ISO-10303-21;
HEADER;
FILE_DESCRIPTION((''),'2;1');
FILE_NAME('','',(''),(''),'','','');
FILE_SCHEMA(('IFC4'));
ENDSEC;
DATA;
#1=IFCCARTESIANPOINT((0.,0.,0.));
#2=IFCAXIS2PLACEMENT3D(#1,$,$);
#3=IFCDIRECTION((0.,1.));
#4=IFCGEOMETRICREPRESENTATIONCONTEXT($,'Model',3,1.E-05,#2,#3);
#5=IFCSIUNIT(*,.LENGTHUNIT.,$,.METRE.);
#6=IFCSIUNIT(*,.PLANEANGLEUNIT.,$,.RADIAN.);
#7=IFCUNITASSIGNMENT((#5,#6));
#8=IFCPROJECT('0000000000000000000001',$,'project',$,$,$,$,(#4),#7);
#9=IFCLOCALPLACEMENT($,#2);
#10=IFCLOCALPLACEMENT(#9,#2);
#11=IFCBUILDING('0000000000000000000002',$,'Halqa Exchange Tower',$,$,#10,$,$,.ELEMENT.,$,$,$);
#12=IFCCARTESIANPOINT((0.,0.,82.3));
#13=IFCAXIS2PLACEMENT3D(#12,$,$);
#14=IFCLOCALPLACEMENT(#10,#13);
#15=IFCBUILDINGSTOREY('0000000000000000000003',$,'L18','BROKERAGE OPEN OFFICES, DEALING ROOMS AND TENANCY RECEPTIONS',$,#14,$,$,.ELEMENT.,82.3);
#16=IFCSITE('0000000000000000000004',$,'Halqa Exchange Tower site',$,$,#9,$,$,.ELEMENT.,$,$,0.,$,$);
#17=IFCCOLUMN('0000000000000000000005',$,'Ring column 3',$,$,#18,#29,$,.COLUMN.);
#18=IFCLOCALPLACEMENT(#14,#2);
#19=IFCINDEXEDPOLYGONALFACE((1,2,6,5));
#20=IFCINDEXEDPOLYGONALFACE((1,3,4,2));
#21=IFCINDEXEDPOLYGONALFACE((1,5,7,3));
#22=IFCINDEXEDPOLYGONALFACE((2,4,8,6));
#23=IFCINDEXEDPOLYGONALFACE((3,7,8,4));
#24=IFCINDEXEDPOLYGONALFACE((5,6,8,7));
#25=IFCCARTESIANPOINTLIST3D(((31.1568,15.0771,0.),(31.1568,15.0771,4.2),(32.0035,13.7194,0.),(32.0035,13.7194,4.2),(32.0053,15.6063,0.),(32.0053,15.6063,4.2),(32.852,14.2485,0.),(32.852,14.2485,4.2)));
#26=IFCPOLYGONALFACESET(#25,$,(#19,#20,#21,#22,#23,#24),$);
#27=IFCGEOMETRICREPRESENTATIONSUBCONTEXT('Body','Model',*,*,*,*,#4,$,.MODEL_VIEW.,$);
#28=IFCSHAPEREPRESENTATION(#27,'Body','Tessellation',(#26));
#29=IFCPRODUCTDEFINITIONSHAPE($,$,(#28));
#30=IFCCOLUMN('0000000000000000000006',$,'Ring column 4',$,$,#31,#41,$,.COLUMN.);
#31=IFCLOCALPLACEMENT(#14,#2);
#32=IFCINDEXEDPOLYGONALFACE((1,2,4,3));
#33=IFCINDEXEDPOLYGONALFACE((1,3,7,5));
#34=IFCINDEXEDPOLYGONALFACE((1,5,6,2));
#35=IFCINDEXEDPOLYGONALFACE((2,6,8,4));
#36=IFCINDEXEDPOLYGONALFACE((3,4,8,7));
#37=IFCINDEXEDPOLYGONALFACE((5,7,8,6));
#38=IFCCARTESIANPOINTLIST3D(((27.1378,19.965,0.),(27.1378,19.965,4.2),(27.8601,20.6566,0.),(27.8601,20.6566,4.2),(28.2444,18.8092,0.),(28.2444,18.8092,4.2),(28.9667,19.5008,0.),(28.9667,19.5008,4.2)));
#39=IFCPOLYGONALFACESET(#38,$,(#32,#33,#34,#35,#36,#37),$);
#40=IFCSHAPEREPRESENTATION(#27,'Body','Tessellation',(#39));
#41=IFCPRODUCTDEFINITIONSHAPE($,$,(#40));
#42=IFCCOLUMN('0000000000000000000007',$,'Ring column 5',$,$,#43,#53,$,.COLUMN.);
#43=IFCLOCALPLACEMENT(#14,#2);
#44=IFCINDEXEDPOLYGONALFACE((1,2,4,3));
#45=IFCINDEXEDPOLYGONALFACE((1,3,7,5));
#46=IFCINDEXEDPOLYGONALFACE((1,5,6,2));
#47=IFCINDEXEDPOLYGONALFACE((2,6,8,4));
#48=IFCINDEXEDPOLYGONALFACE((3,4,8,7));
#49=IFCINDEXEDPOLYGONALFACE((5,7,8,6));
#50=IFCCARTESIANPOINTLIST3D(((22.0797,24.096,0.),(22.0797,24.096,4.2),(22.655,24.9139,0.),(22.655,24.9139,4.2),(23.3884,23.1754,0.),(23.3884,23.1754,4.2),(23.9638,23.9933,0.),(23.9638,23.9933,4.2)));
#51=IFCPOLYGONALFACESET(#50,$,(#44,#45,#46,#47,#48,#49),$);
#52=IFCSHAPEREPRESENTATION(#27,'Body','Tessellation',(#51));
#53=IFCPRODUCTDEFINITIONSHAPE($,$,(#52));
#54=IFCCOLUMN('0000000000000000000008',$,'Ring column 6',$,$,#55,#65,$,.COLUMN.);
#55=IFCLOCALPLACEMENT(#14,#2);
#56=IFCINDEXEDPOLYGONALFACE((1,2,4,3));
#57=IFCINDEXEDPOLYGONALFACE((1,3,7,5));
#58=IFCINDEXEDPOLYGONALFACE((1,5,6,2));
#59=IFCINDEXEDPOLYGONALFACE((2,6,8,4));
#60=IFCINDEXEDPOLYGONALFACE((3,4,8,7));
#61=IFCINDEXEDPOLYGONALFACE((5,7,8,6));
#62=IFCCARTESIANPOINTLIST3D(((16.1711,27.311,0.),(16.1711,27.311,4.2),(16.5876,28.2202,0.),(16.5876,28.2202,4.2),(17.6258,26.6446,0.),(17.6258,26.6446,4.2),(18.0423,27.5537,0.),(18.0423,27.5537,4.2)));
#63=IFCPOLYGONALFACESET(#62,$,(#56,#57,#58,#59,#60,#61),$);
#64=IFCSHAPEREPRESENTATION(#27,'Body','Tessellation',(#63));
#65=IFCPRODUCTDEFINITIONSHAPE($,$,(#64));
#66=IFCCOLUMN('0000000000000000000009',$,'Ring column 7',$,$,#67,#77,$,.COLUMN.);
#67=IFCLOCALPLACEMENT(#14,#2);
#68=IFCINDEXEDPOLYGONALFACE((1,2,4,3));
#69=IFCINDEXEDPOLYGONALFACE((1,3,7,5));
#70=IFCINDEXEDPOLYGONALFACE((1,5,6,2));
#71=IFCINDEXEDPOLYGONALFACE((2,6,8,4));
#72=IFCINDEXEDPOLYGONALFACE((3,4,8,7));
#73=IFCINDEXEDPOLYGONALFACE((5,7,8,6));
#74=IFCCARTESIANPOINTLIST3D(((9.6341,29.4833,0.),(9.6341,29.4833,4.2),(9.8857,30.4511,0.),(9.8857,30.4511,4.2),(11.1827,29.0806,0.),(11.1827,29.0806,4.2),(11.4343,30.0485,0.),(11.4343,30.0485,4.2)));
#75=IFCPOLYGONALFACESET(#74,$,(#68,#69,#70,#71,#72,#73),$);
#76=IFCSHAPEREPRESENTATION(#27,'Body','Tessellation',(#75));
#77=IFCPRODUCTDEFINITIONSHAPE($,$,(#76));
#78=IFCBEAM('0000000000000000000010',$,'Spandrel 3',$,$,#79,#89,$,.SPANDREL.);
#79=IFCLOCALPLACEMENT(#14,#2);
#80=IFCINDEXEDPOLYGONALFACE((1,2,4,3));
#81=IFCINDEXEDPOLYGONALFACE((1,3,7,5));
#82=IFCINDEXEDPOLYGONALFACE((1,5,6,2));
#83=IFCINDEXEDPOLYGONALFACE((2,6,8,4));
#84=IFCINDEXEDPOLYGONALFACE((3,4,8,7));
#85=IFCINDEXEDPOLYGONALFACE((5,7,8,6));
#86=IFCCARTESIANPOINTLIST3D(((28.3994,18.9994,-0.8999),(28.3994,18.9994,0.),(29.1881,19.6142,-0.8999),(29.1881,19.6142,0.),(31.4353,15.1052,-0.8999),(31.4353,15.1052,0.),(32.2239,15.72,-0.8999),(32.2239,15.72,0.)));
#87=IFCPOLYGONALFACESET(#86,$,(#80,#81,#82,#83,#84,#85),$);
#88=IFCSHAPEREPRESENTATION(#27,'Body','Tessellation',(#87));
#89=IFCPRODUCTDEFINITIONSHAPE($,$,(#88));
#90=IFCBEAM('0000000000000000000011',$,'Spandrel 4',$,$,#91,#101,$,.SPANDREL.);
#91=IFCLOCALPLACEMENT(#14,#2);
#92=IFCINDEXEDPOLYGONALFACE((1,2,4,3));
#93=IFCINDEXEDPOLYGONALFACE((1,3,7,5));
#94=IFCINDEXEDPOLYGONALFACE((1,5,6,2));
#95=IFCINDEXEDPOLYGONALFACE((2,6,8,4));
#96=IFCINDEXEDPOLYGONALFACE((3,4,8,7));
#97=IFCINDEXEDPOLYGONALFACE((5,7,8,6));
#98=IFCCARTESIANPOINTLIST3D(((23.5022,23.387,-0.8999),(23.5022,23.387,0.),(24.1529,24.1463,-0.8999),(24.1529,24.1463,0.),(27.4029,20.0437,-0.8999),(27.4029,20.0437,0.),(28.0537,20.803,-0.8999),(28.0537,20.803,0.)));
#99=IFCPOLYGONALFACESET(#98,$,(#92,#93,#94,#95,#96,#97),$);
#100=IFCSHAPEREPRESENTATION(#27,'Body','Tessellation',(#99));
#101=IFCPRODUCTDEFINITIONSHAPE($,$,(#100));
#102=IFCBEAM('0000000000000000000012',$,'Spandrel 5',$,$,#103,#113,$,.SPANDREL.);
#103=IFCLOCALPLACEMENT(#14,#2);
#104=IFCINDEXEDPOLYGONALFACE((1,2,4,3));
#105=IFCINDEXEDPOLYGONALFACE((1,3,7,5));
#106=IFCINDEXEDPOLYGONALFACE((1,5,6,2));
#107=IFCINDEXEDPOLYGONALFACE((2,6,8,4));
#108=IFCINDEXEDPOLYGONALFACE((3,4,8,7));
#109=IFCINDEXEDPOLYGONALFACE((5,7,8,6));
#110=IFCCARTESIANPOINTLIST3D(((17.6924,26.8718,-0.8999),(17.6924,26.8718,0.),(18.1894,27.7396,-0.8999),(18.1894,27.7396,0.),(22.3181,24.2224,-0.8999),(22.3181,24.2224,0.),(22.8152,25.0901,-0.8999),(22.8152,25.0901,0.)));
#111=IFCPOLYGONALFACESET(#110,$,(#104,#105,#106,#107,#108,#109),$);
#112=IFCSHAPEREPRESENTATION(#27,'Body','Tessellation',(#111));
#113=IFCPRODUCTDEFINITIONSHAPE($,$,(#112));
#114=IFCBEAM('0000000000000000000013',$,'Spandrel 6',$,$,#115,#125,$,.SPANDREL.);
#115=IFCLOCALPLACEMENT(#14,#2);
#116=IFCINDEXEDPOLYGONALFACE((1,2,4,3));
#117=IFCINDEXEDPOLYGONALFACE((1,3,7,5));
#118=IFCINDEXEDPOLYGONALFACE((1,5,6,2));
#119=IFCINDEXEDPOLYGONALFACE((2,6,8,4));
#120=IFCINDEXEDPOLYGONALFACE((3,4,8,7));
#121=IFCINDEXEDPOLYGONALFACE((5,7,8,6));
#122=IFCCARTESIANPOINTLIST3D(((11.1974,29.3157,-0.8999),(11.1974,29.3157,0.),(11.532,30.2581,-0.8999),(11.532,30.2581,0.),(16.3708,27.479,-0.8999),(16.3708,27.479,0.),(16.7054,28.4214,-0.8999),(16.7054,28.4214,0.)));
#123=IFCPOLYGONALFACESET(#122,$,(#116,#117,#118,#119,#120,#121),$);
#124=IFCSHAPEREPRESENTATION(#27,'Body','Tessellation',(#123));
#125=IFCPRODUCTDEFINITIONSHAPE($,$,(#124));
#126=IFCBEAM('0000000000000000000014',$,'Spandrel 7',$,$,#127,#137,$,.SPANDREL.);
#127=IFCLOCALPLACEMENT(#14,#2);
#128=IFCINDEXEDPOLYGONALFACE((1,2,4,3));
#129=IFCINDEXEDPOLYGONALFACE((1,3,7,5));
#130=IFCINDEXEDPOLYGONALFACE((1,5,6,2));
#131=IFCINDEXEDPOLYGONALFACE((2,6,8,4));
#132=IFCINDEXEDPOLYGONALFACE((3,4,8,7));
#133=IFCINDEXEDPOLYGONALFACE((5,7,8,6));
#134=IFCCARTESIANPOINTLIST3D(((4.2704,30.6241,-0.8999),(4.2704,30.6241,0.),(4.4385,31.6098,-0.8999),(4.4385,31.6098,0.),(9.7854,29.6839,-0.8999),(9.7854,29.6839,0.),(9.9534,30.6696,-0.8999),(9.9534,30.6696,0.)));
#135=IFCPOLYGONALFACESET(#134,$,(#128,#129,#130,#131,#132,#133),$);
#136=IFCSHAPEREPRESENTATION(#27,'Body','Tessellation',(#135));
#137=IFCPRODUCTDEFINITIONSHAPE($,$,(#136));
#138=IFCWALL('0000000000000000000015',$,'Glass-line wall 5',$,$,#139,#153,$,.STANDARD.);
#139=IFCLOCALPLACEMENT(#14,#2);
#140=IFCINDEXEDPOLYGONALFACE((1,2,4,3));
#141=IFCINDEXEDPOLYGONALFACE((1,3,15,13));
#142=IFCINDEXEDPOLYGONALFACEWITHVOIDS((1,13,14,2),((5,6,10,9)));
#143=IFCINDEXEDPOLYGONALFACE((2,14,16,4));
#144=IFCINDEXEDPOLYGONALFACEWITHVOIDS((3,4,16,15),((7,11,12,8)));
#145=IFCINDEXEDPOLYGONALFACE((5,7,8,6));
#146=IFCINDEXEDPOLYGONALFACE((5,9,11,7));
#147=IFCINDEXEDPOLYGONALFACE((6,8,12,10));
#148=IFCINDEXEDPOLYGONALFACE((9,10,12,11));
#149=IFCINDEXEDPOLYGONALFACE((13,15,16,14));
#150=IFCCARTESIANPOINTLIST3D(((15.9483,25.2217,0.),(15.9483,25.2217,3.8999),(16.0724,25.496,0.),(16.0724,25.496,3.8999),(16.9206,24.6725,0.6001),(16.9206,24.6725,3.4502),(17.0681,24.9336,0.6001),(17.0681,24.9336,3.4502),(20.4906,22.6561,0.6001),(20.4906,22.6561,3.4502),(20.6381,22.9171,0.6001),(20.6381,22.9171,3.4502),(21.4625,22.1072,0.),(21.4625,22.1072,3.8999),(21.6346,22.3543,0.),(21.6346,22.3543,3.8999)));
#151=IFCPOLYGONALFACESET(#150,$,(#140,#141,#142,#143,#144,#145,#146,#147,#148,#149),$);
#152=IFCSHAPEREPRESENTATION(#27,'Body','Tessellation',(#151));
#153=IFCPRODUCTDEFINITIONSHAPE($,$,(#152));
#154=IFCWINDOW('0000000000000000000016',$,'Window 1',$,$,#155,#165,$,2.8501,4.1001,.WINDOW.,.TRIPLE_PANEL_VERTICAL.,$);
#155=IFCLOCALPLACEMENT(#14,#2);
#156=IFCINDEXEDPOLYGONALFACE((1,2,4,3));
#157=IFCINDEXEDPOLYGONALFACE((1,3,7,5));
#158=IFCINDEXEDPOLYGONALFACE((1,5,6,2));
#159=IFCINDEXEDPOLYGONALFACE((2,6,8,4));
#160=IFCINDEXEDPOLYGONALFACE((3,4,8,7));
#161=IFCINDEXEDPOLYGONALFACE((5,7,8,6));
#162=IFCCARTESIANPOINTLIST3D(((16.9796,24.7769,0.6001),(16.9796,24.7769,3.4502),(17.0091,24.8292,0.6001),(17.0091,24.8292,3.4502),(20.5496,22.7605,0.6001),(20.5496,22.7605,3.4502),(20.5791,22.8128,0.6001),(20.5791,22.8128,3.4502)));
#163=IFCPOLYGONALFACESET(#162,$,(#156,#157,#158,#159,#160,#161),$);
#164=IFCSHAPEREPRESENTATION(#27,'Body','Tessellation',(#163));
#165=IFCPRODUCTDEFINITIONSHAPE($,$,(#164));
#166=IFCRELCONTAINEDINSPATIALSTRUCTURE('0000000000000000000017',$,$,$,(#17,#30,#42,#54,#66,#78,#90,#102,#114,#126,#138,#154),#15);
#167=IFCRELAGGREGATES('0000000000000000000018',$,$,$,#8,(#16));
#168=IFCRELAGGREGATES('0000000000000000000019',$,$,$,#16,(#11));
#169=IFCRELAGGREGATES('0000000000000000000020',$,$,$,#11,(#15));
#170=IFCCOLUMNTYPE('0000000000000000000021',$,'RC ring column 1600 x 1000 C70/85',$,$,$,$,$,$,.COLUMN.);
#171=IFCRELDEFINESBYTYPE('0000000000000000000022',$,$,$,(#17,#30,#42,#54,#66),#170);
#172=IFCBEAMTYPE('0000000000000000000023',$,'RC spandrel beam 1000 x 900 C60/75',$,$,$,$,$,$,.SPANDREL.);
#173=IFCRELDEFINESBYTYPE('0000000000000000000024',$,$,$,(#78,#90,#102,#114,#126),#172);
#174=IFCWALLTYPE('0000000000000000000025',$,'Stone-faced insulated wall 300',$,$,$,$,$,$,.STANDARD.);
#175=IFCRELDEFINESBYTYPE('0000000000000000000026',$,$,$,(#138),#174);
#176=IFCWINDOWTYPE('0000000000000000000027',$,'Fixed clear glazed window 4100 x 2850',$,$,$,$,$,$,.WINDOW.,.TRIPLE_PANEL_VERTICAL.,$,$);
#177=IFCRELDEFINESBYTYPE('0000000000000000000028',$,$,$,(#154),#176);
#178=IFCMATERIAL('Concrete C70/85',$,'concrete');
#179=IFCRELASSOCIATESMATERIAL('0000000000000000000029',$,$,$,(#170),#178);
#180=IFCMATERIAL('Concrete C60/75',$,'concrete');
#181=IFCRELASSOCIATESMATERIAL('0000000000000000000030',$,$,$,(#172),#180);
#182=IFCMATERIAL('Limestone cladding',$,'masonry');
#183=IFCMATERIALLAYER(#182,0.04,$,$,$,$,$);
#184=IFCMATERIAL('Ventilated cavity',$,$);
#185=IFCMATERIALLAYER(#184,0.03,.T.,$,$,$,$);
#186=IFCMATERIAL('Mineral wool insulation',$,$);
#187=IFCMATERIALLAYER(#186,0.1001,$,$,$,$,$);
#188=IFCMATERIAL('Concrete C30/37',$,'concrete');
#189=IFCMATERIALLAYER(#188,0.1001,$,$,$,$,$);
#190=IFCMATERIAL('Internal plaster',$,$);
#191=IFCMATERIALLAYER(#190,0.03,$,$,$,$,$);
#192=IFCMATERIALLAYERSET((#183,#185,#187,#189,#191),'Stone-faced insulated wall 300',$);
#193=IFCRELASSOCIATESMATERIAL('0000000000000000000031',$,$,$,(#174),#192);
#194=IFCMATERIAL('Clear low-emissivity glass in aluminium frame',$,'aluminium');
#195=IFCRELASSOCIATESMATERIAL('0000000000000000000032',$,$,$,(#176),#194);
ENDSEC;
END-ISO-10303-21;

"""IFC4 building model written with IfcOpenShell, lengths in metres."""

from ifc_helpers import new_model, si_unit, direction, frame, frame_2d, origin, origin_2d, place, context, subcontext, project, spatial, polyline, rectangle, outline, extrude, material, layer, layer_set, material_profile, profile_set, type_object, element, fill, save


model = new_model("IFC4")

# Units and contexts
model_context = context("Model", 3, precision=1e-05, world=origin(), true_north=direction((0.0, 1.0)))
body_context = subcontext(model_context, "Body", "Model", "MODEL_VIEW")
ifc_project = project(units=[si_unit("LENGTHUNIT", "METRE"), si_unit("PLANEANGLEUNIT", "RADIAN")], contexts=[model_context])

# Site, building, storey
site_placement = place(None, origin())
site = spatial("IfcSite", under=ifc_project, at=site_placement, Name="Halqa Exchange Tower site", CompositionType="ELEMENT", RefElevation=0.0)
building_placement = place(site_placement, origin())
building = spatial("IfcBuilding", under=site, at=building_placement, Name="Halqa Exchange Tower", CompositionType="ELEMENT")
storey_placement = place(building_placement, frame((0.0, 0.0, 82.3)))
storey = spatial("IfcBuildingStorey", under=building, at=storey_placement, Name="L18", Description="BROKERAGE OPEN OFFICES, DEALING ROOMS AND TENANCY RECEPTIONS", CompositionType="ELEMENT", Elevation=82.3)

# Columns
ifc_material_1 = material(Name="Concrete C70/85", Category="concrete")
ifc_material_profile_1 = material_profile(ifc_material_1, rectangle(XDim=1.6001, YDim=1.0, at=origin_2d()), Name="1600 x 1000")
ifc_profile_set_1 = profile_set([ifc_material_profile_1], Name="Concrete C70/85")
column_type = type_object("IfcColumnType", Name="RC ring column 1600 x 1000 C70/85", PredefinedType="COLUMN", material=ifc_profile_set_1)
for number, where, z_axis, x_axis, name in (
    (1, (32.0044, 14.6628, 0.0), (0.0, 0.0, 1.0), (-0.52914, 0.848534, 0.0), "Ring column 3"),
    (2, (28.0522, 19.7329, 0.0), (0.0, 0.0, 1.0), (-0.691576, 0.722304, 0.0), "Ring column 4"),
    (3, (23.0217, 24.0447, 0.0), (0.0, 0.0, 1.0), (-0.817909, 0.575348, 0.0), "Ring column 5"),
    (4, (17.1067, 27.4324, 0.0), (0.0, 0.0, 1.0), (-0.909126, 0.41652, 0.0), "Ring column 6"),
    (5, (10.5342, 29.7659, 0.0), (0.0, 0.0, 1.0), (-0.96782, 0.251644, 0.0), "Ring column 7"),
):
    element("IfcColumn", number, at=place(storey_placement, frame(where, z_axis=z_axis, x_axis=x_axis)), inside=storey, type_object=column_type, Name=name, PredefinedType="COLUMN", context=body_context, shape_type="SweptSolid", body=[
        extrude(rectangle(XDim=1.6001, YDim=1.0, at=origin_2d()), origin(), (0.0, 0.0, 1.0), 4.2),
    ])

# Beams
ifc_material_2 = material(Name="Concrete C60/75", Category="concrete")
ifc_material_profile_2 = material_profile(ifc_material_2, rectangle(XDim=1.0, YDim=0.8999, at=origin_2d()), Name="1000 x 900")
ifc_profile_set_2 = profile_set([ifc_material_profile_2], Name="Concrete C60/75")
beam_type = type_object("IfcBeamType", Name="RC spandrel beam 1000 x 900 C60/75", PredefinedType="SPANDREL", material=ifc_profile_set_2)
beam_1_placement = place(storey_placement, frame((31.8296, 15.4126, -0.45), z_axis=(-0.614823, 0.788665, 0.0), x_axis=(-0.788665, -0.614823, 0.0)))
element("IfcBeam", 6, at=beam_1_placement, inside=storey, type_object=beam_type, Name="Spandrel 3", PredefinedType="SPANDREL", context=body_context, shape_type="SweptSolid", body=[
    extrude(rectangle(XDim=1.0, YDim=0.8999, at=origin_2d()), origin(), (0.0, 0.0, 1.0), 4.9377),
])
beam_2_placement = place(storey_placement, frame((27.7283, 20.4233, -0.45), z_axis=(-0.75927, 0.650776, 0.0), x_axis=(-0.650776, -0.75927, 0.0)))
element("IfcBeam", 7, at=beam_2_placement, inside=storey, type_object=beam_type, Name="Spandrel 4", PredefinedType="SPANDREL", context=body_context, shape_type="SweptSolid", body=[
    extrude(rectangle(XDim=1.0, YDim=0.8999, at=origin_2d()), origin(), (0.0, 0.0, 1.0), 5.1375),
])
beam_3_placement = place(storey_placement, frame((22.5667, 24.6562, -0.45), z_axis=(-0.867747, 0.497007, 0.0), x_axis=(-0.497007, -0.867747, 0.0)))
element("IfcBeam", 8, at=beam_3_placement, inside=storey, type_object=beam_type, Name="Spandrel 5", PredefinedType="SPANDREL", context=body_context, shape_type="SweptSolid", body=[
    extrude(rectangle(XDim=1.0, YDim=0.8999, at=origin_2d()), origin(), (0.0, 0.0, 1.0), 5.3308),
])
beam_4_placement = place(storey_placement, frame((16.5381, 27.9502, -0.45), z_axis=(-0.942372, 0.334567, 0.0), x_axis=(-0.334567, -0.942372, 0.0)))
element("IfcBeam", 9, at=beam_4_placement, inside=storey, type_object=beam_type, Name="Spandrel 6", PredefinedType="SPANDREL", context=body_context, shape_type="SweptSolid", body=[
    extrude(rectangle(XDim=1.0, YDim=0.8999, at=origin_2d()), origin(), (0.0, 0.0, 1.0), 5.4897),
])
beam_5_placement = place(storey_placement, frame((9.8694, 30.1768, -0.45), z_axis=(-0.985777, 0.168057, 0.0), x_axis=(-0.168057, -0.985777, 0.0)))
element("IfcBeam", 10, at=beam_5_placement, inside=storey, type_object=beam_type, Name="Spandrel 7", PredefinedType="SPANDREL", context=body_context, shape_type="SweptSolid", body=[
    extrude(rectangle(XDim=1.0, YDim=0.8999, at=origin_2d()), origin(), (0.0, 0.0, 1.0), 5.5945),
])

# Shared definitions
ifc_material_3 = material(Name="Limestone cladding", Category="masonry")
ifc_layer_1 = layer(ifc_material_3, 0.04)
ifc_material_4 = material(Name="Ventilated cavity")
ifc_layer_2 = layer(ifc_material_4, 0.03, ventilated=True)
ifc_material_5 = material(Name="Mineral wool insulation")
ifc_layer_3 = layer(ifc_material_5, 0.1001)
ifc_material_6 = material(Name="Concrete C30/37", Category="concrete")
ifc_layer_4 = layer(ifc_material_6, 0.1001)
ifc_material_7 = material(Name="Internal plaster")
ifc_layer_5 = layer(ifc_material_7, 0.03)
ifc_layer_set = layer_set([ifc_layer_1, ifc_layer_2, ifc_layer_3, ifc_layer_4, ifc_layer_5], Name="Stone-faced insulated wall 300")
wall_type = type_object("IfcWallType", Name="Stone-faced insulated wall 300", PredefinedType="STANDARD", material=ifc_layer_set)
ifc_material_8 = material(Name="Clear low-emissivity glass in aluminium frame", Category="aluminium")

# Wall, opening, window
wall_1_placement = place(storey_placement, frame((21.5486, 22.2307, 0.0), z_axis=(0.0, 0.0, 1.0), x_axis=(-0.87071, 0.491797, 0.0)))
wall_1 = element("IfcWall", 11, at=wall_1_placement, inside=storey, type_object=wall_type, Name="Glass-line wall 5", PredefinedType="STANDARD", context=body_context, shape_type="SweptSolid", body=[
    extrude(outline(polyline([(-0.0142, -0.1499), (6.374, -0.1499), (6.3472, 0.1499), (0.0142, 0.1499), (-0.0142, -0.1499)])), origin(), (0.0, 0.0, 1.0), 3.8999),
])
opening_1_placement = place(wall_1_placement, frame((1.1304, 0.0, 0.6001)))
opening_1 = element("IfcOpeningElement", 12, at=opening_1_placement, cuts=wall_1, PredefinedType="OPENING", context=body_context, shape_type="SweptSolid", body=[
    extrude(rectangle(XDim=4.1001, YDim=2.8501, at=frame_2d((2.05, 1.425))), frame((0.0, 0.1621, 0.0), z_axis=(0.0, -1.0, 0.0), x_axis=(1.0, 0.0, 0.0)), (0.0, 0.0, 1.0), 0.324),
])
window_type = type_object("IfcWindowType", Name="Fixed clear glazed window 4100 x 2850", PartitioningType="TRIPLE_PANEL_VERTICAL", PredefinedType="WINDOW", material=ifc_material_8)
window_1_placement = place(opening_1_placement, origin())
window_1 = element("IfcWindow", 13, at=window_1_placement, inside=storey, type_object=window_type, Name="Window 1", OverallHeight=2.8501, OverallWidth=4.1001, PartitioningType="TRIPLE_PANEL_VERTICAL", PredefinedType="WINDOW", context=body_context, shape_type="SweptSolid", body=[
    extrude(rectangle(XDim=4.1001, YDim=2.8501, at=frame_2d((2.05, 1.425))), frame((0.0, 0.03, 0.0), z_axis=(0.0, -1.0, 0.0), x_axis=(1.0, 0.0, 0.0)), (0.0, 0.0, 1.0), 0.0601),
])
fill(opening_1, window_1)

save(model, "model.ifc")
